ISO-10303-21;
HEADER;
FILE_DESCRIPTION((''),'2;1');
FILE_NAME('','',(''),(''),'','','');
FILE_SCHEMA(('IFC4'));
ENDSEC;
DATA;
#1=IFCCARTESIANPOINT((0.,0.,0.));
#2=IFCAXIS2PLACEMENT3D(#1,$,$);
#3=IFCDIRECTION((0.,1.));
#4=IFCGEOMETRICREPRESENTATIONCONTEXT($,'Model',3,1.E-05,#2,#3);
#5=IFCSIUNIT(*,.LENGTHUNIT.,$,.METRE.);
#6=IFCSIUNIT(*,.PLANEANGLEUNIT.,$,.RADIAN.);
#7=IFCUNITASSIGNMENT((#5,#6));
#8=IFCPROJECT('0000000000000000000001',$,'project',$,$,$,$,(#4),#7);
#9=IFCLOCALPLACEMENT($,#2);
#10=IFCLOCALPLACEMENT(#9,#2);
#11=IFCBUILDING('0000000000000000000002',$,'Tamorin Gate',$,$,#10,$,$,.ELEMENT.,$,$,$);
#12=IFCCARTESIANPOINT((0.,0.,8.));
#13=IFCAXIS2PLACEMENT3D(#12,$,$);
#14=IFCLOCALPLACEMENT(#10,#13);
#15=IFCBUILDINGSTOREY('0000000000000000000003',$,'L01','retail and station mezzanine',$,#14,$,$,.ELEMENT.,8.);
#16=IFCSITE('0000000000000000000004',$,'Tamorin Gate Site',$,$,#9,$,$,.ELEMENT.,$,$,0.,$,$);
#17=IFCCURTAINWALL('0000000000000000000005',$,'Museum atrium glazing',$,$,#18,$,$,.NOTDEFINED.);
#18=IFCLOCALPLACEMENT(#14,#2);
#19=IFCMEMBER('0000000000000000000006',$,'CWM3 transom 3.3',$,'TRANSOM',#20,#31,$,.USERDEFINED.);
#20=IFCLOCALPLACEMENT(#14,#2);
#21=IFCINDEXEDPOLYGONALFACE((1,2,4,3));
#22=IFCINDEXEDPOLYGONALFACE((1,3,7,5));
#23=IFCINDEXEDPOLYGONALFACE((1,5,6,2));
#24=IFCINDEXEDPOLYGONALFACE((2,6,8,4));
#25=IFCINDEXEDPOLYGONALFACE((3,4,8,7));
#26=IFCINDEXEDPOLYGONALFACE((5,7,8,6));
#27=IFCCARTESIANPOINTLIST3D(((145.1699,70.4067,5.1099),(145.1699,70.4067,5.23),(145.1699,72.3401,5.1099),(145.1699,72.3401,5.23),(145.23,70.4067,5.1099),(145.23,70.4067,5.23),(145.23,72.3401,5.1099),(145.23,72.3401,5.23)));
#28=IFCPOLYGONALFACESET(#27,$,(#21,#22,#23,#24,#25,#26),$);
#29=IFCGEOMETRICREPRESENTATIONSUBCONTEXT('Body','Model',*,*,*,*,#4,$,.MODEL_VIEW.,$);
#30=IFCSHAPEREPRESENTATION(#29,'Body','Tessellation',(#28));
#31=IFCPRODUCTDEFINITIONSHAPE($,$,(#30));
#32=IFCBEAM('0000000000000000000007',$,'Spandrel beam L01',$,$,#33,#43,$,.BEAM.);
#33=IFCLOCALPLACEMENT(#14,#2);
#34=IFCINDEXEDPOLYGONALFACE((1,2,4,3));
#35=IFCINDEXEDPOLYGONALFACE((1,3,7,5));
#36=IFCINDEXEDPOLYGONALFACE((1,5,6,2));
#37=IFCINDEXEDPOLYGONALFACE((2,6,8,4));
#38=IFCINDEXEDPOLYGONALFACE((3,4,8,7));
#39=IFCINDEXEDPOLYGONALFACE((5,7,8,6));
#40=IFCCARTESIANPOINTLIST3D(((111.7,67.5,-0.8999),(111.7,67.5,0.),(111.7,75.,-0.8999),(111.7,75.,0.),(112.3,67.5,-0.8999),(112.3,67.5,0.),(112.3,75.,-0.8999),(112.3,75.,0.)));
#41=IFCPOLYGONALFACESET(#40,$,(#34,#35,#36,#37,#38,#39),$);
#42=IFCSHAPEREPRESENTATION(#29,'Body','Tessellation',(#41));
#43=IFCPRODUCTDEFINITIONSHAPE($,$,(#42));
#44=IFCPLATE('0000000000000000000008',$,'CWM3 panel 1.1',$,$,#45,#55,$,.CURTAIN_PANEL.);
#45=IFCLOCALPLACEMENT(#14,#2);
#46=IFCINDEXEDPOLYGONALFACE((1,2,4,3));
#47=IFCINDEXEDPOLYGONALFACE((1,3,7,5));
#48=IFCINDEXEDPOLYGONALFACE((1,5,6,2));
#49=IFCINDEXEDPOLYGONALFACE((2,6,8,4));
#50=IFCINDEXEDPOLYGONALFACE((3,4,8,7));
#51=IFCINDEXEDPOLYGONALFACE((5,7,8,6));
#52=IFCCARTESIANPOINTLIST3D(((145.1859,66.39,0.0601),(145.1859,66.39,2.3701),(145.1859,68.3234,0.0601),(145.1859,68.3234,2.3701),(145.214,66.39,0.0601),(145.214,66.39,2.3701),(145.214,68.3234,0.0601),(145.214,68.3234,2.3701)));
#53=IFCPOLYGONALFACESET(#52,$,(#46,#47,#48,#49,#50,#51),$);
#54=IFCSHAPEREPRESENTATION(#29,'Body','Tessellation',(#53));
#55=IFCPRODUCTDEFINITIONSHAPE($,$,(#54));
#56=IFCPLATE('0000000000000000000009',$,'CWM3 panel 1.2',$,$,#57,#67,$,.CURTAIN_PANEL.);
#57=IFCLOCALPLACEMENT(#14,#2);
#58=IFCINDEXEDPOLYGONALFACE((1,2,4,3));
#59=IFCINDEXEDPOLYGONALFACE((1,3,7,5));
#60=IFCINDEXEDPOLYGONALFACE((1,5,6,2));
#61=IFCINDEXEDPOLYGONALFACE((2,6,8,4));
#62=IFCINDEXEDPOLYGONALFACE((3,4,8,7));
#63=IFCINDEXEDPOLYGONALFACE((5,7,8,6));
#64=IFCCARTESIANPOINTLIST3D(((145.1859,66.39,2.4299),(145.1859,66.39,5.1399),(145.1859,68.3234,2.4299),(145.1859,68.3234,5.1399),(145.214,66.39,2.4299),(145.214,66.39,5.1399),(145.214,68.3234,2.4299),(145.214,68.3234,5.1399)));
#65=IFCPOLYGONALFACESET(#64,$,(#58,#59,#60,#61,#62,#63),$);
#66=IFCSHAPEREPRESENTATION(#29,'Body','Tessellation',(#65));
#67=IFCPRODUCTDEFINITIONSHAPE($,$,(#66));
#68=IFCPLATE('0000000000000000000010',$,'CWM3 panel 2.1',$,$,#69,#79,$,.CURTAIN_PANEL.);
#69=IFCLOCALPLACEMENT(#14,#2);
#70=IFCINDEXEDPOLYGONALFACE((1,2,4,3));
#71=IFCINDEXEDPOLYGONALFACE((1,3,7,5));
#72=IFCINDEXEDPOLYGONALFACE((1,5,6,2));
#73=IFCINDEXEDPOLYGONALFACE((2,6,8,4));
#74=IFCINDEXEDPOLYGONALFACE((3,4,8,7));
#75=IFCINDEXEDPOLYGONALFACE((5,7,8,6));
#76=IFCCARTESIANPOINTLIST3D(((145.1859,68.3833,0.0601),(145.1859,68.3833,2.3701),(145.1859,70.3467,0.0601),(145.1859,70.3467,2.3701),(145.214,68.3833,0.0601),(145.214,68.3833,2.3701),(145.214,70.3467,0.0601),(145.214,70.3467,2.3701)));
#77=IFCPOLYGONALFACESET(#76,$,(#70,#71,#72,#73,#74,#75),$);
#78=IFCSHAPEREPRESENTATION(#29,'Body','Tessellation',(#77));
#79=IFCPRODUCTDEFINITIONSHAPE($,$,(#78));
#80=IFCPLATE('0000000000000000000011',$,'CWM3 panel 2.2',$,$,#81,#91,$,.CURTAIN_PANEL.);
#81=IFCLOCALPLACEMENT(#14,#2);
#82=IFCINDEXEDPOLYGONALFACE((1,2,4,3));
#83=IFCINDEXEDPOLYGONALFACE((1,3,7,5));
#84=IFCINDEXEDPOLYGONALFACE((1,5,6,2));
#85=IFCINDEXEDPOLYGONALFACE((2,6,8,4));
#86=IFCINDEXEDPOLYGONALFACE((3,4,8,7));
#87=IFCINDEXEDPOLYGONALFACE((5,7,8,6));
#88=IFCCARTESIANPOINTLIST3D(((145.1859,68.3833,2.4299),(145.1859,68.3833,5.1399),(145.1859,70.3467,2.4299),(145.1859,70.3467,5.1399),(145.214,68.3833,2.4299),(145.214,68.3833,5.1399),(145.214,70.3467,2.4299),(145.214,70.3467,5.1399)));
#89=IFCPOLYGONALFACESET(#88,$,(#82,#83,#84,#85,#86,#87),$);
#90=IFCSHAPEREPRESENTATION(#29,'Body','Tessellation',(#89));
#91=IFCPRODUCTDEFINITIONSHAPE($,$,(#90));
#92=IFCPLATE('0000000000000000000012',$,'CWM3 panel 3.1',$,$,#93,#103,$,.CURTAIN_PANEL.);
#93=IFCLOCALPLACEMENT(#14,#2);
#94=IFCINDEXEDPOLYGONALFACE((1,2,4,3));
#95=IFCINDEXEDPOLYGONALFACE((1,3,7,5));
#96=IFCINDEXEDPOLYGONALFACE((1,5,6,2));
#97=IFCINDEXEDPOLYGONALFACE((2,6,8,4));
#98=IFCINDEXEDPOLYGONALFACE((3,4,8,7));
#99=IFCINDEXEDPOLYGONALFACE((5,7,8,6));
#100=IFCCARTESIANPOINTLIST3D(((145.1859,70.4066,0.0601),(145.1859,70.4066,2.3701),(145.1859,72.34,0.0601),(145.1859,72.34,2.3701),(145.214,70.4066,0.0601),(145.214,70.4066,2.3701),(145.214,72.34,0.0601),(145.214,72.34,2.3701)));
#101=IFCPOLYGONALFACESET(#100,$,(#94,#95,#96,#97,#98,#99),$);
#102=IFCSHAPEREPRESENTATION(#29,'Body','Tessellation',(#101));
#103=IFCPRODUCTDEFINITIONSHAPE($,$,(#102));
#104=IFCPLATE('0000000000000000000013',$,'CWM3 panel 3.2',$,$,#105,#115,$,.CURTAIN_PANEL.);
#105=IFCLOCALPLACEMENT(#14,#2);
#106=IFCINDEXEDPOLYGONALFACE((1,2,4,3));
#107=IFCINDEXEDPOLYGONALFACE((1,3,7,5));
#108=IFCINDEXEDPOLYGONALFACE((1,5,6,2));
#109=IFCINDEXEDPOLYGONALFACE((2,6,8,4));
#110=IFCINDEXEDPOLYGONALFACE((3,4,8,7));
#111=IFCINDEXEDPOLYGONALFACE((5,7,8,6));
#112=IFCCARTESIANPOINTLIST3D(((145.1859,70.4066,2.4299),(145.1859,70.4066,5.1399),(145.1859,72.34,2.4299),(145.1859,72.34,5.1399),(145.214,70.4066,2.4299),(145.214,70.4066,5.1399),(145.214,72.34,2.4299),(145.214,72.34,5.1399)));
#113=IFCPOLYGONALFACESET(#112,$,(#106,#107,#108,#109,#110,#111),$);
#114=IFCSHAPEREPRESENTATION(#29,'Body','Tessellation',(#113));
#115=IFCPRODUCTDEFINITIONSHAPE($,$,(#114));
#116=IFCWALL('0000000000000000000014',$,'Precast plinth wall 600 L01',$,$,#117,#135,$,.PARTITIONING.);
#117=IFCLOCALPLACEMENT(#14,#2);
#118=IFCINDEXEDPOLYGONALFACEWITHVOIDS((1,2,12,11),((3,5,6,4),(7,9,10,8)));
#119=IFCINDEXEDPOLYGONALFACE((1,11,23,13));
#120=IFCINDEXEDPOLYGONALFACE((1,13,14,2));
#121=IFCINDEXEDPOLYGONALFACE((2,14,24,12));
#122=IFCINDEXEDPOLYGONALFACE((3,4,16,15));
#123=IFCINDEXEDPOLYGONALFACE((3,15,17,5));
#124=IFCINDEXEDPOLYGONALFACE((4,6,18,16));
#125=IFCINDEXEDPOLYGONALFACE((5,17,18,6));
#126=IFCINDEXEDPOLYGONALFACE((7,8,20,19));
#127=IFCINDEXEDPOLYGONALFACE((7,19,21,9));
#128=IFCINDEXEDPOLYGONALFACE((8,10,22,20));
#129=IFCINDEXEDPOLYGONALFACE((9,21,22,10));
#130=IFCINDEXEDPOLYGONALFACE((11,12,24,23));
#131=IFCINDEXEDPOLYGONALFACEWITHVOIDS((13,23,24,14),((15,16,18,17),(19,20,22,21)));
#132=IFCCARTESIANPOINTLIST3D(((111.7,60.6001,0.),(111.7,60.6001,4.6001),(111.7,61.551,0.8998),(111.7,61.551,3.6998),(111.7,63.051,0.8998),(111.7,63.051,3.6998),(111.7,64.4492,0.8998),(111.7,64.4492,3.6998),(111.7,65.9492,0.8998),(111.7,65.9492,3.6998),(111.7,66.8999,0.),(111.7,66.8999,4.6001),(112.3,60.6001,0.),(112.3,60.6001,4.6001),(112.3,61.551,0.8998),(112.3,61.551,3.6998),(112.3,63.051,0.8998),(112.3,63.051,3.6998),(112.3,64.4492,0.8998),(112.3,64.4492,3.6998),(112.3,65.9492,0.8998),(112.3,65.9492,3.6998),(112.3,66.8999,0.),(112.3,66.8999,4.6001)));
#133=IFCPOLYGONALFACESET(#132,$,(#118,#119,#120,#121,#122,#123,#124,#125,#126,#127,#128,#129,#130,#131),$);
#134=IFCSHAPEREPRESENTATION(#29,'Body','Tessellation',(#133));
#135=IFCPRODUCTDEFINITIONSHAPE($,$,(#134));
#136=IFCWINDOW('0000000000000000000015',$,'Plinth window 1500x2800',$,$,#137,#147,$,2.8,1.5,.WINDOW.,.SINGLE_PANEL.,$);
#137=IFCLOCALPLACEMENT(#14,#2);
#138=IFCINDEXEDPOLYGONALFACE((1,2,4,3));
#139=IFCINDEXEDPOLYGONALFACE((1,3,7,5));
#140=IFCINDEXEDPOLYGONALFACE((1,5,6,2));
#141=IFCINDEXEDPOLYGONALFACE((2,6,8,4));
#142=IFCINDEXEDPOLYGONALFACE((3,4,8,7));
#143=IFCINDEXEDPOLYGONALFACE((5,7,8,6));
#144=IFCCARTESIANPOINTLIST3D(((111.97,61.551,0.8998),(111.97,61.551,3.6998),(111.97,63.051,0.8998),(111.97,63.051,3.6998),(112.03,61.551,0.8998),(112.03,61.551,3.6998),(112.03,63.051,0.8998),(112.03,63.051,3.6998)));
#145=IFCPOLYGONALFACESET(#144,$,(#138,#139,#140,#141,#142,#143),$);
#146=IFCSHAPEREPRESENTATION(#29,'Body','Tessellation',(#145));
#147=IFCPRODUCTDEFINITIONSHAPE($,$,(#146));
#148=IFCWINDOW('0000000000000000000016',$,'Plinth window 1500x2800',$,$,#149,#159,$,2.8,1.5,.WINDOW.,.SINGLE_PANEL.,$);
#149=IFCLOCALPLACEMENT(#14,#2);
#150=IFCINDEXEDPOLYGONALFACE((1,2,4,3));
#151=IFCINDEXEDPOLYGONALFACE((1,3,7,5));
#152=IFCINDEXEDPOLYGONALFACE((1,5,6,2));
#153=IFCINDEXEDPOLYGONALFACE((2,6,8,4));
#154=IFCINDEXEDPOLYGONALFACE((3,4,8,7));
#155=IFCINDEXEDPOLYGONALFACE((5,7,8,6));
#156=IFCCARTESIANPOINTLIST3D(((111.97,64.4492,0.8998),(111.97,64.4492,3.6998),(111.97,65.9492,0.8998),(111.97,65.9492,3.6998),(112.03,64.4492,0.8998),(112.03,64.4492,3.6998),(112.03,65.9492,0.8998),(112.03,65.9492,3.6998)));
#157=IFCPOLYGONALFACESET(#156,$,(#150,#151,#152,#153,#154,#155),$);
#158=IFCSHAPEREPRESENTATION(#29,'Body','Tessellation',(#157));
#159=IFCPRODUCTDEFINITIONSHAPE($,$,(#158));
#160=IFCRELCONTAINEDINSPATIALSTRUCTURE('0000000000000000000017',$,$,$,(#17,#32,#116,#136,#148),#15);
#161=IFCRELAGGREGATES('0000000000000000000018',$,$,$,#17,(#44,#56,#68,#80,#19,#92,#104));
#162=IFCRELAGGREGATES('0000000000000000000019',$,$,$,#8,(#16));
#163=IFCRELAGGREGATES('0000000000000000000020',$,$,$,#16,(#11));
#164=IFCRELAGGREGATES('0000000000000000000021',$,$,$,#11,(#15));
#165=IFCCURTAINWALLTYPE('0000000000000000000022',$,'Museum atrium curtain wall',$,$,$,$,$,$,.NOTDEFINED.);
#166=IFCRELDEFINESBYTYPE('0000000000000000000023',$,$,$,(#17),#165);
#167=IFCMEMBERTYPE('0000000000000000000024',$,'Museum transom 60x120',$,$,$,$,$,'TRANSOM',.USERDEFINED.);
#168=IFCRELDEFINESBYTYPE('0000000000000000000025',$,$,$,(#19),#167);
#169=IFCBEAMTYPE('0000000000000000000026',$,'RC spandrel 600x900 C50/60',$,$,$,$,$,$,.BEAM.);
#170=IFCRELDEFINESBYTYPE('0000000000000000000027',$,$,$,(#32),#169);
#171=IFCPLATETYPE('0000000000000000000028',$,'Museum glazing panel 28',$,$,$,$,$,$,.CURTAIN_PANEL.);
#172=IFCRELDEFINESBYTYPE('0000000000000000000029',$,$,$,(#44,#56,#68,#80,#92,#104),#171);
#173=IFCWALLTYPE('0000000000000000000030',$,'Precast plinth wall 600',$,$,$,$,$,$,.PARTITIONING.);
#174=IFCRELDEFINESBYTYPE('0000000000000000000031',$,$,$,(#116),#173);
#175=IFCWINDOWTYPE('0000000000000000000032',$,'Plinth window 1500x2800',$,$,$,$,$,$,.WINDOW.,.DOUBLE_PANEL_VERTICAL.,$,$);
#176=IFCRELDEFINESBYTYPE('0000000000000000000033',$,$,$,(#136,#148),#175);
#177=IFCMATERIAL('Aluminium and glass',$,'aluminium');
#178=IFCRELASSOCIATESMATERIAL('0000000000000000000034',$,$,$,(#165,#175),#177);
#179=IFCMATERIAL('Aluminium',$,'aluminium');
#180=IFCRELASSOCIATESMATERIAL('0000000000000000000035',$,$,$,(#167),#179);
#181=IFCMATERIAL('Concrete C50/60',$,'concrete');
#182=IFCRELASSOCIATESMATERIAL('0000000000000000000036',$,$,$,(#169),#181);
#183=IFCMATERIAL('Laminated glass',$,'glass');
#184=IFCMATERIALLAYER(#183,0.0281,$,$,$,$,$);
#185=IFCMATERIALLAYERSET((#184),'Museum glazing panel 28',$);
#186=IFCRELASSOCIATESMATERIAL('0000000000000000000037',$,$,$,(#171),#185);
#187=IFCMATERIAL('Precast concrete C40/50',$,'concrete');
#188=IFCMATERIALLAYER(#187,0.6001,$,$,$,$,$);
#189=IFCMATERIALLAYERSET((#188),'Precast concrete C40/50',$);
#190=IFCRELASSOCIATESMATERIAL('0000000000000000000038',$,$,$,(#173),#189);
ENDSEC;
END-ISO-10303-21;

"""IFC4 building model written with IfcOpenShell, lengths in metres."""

from ifc_helpers import new_model, si_unit, direction, frame, frame_2d, origin, origin_2d, place, context, subcontext, project, spatial, rectangle, extrude, material, layer, layer_set, material_profile, profile_set, type_object, element, fill, aggregate, save


model = new_model("IFC4")

# Units and contexts
model_context = context("Model", 3, precision=1e-05, world=origin(), true_north=direction((0.0, 1.0)))
body_context = subcontext(model_context, "Body", "Model", "MODEL_VIEW")
ifc_project = project(units=[si_unit("LENGTHUNIT", "METRE"), si_unit("PLANEANGLEUNIT", "RADIAN")], contexts=[model_context])

# Site, building, storey
site_placement = place(None, origin())
site = spatial("IfcSite", under=ifc_project, at=site_placement, Name="Tamorin Gate Site", CompositionType="ELEMENT", RefElevation=0.0)
building_placement = place(site_placement, origin())
building = spatial("IfcBuilding", under=site, at=building_placement, Name="Tamorin Gate", CompositionType="ELEMENT")
storey_placement = place(building_placement, frame((0.0, 0.0, 8.0)))
storey = spatial("IfcBuildingStorey", under=building, at=storey_placement, Name="L01", Description="retail and station mezzanine", CompositionType="ELEMENT", Elevation=8.0)

# Curtain wall
ifc_material_1 = material(Name="Aluminium and glass", Category="aluminium")
curtain_wall_type = type_object("IfcCurtainWallType", Name="Museum atrium curtain wall", PredefinedType="NOTDEFINED", material=ifc_material_1)
curtain_wall_1_placement = place(storey_placement, origin())
curtain_wall_1 = element("IfcCurtainWall", 1, at=curtain_wall_1_placement, inside=storey, type_object=curtain_wall_type, Name="Museum atrium glazing", PredefinedType="NOTDEFINED")
ifc_material_2 = material(Name="Aluminium", Category="aluminium")

# Member
ifc_material_profile_1 = material_profile(ifc_material_2, rectangle(XDim=0.0601, YDim=0.1201, at=origin_2d()), Name="RECT 60x120")
ifc_profile_set_1 = profile_set([ifc_material_profile_1], Name="Aluminium")
member_type_1 = type_object("IfcMemberType", Name="Museum transom 60x120", ElementType="TRANSOM", PredefinedType="USERDEFINED", material=ifc_profile_set_1)
member_1_placement = place(storey_placement, frame((145.2, 70.4067, 5.1699), z_axis=(0.0, 1.0, 0.0), x_axis=(-1.0, 0.0, 0.0)))
member_1 = element("IfcMember", 2, at=member_1_placement, type_object=member_type_1, Name="CWM3 transom 3.3", ObjectType="TRANSOM", PredefinedType="USERDEFINED", context=body_context, shape_type="SweptSolid", body=[
    extrude(rectangle(XDim=0.0601, YDim=0.1201, at=origin_2d()), origin(), (0.0, 0.0, 1.0), 1.9333),
])

# Beam
ifc_material_3 = material(Name="Concrete C50/60", Category="concrete")
ifc_material_profile_2 = material_profile(ifc_material_3, rectangle(XDim=0.6001, YDim=0.8999, at=origin_2d()), Name="RC 600x900")
ifc_profile_set_2 = profile_set([ifc_material_profile_2], Name="Concrete C50/60")
beam_type = type_object("IfcBeamType", Name="RC spandrel 600x900 C50/60", PredefinedType="BEAM", material=ifc_profile_set_2)
beam_placement = place(storey_placement, frame((112.0, 67.5, -0.45), z_axis=(0.0, 1.0, 0.0), x_axis=(-1.0, 0.0, 0.0)))
element("IfcBeam", 3, at=beam_placement, inside=storey, type_object=beam_type, Name="Spandrel beam L01", PredefinedType="BEAM", context=body_context, shape_type="SweptSolid", body=[
    extrude(rectangle(XDim=0.6001, YDim=0.8999, at=origin_2d()), origin(), (0.0, 0.0, 1.0), 7.5),
])

# Plates
ifc_material_4 = material(Name="Laminated glass", Category="glass")
ifc_layer_1 = layer(ifc_material_4, 0.0281)
ifc_layer_set_1 = layer_set([ifc_layer_1], Name="Museum glazing panel 28")
plate_type = type_object("IfcPlateType", Name="Museum glazing panel 28", PredefinedType="CURTAIN_PANEL", material=ifc_layer_set_1)
plate_1_placement = place(storey_placement, frame((145.2, 67.3567, 0.0601), z_axis=(0.0, 0.0, 1.0), x_axis=(0.0, 1.0, 0.0)))
plate_1 = element("IfcPlate", 4, at=plate_1_placement, type_object=plate_type, Name="CWM3 panel 1.1", PredefinedType="CURTAIN_PANEL", context=body_context, shape_type="SweptSolid", body=[
    extrude(rectangle(XDim=1.9333, YDim=0.0281, at=origin_2d()), origin(), (0.0, 0.0, 1.0), 2.3101),
])
plate_2_placement = place(storey_placement, frame((145.2, 67.3567, 2.4299), z_axis=(0.0, 0.0, 1.0), x_axis=(0.0, 1.0, 0.0)))
plate_2 = element("IfcPlate", 5, at=plate_2_placement, type_object=plate_type, Name="CWM3 panel 1.2", PredefinedType="CURTAIN_PANEL", context=body_context, shape_type="SweptSolid", body=[
    extrude(rectangle(XDim=1.9333, YDim=0.0281, at=origin_2d()), origin(), (0.0, 0.0, 1.0), 2.71),
])
plate_3_placement = place(storey_placement, frame((145.2, 69.365, 0.0601), z_axis=(0.0, 0.0, 1.0), x_axis=(0.0, 1.0, 0.0)))
plate_3 = element("IfcPlate", 6, at=plate_3_placement, type_object=plate_type, Name="CWM3 panel 2.1", PredefinedType="CURTAIN_PANEL", context=body_context, shape_type="SweptSolid", body=[
    extrude(rectangle(XDim=1.9634, YDim=0.0281, at=origin_2d()), origin(), (0.0, 0.0, 1.0), 2.3101),
])
plate_4_placement = place(storey_placement, frame((145.2, 69.365, 2.4299), z_axis=(0.0, 0.0, 1.0), x_axis=(0.0, 1.0, 0.0)))
plate_4 = element("IfcPlate", 7, at=plate_4_placement, type_object=plate_type, Name="CWM3 panel 2.2", PredefinedType="CURTAIN_PANEL", context=body_context, shape_type="SweptSolid", body=[
    extrude(rectangle(XDim=1.9634, YDim=0.0281, at=origin_2d()), origin(), (0.0, 0.0, 1.0), 2.71),
])
plate_5_placement = place(storey_placement, frame((145.2, 71.3733, 0.0601), z_axis=(0.0, 0.0, 1.0), x_axis=(0.0, 1.0, 0.0)))
plate_5 = element("IfcPlate", 8, at=plate_5_placement, type_object=plate_type, Name="CWM3 panel 3.1", PredefinedType="CURTAIN_PANEL", context=body_context, shape_type="SweptSolid", body=[
    extrude(rectangle(XDim=1.9333, YDim=0.0281, at=origin_2d()), origin(), (0.0, 0.0, 1.0), 2.3101),
])
plate_6_placement = place(storey_placement, frame((145.2, 71.3733, 2.4299), z_axis=(0.0, 0.0, 1.0), x_axis=(0.0, 1.0, 0.0)))
plate_6 = element("IfcPlate", 9, at=plate_6_placement, type_object=plate_type, Name="CWM3 panel 3.2", PredefinedType="CURTAIN_PANEL", context=body_context, shape_type="SweptSolid", body=[
    extrude(rectangle(XDim=1.9333, YDim=0.0281, at=origin_2d()), origin(), (0.0, 0.0, 1.0), 2.71),
])
aggregate(curtain_wall_1, [plate_1, plate_2, plate_3, plate_4, member_1, plate_5, plate_6])

# Wall, openings, windows
ifc_material_5 = material(Name="Precast concrete C40/50", Category="concrete")
ifc_layer_2 = layer(ifc_material_5, 0.6001)
ifc_layer_set_2 = layer_set([ifc_layer_2], Name="Precast concrete C40/50")
wall_type = type_object("IfcWallType", Name="Precast plinth wall 600", PredefinedType="PARTITIONING", material=ifc_layer_set_2)
wall_1_placement = place(storey_placement, frame((112.0, 60.6001, 0.0), z_axis=(0.0, 0.0, 1.0), x_axis=(0.0, 1.0, 0.0)))
wall_1 = element("IfcWall", 10, at=wall_1_placement, inside=storey, type_object=wall_type, Name="Precast plinth wall 600 L01", PredefinedType="PARTITIONING", context=body_context, shape_type="SweptSolid", body=[
    extrude(rectangle(XDim=6.2998, YDim=0.6001, at=frame_2d((3.1499, 0.0))), origin(), (0.0, 0.0, 1.0), 4.6001),
])
opening_1_placement = place(wall_1_placement, frame((0.9509, 0.0, 0.8999)))
opening_1 = element("IfcOpeningElement", 11, at=opening_1_placement, cuts=wall_1, PredefinedType="OPENING", context=body_context, shape_type="SweptSolid", body=[
    extrude(rectangle(XDim=1.5, YDim=2.8, at=frame_2d((0.75, 1.3999))), frame((0.0, 0.3101, 0.0), z_axis=(0.0, -1.0, 0.0), x_axis=(1.0, 0.0, 0.0)), (0.0, 0.0, 1.0), 0.6201),
])
opening_2_placement = place(wall_1_placement, frame((3.8491, 0.0, 0.8999)))
opening_2 = element("IfcOpeningElement", 12, at=opening_2_placement, cuts=wall_1, PredefinedType="OPENING", context=body_context, shape_type="SweptSolid", body=[
    extrude(rectangle(XDim=1.5, YDim=2.8, at=frame_2d((0.75, 1.3999))), frame((0.0, 0.3101, 0.0), z_axis=(0.0, -1.0, 0.0), x_axis=(1.0, 0.0, 0.0)), (0.0, 0.0, 1.0), 0.6201),
])
window_type = type_object("IfcWindowType", Name="Plinth window 1500x2800", PartitioningType="DOUBLE_PANEL_VERTICAL", PredefinedType="WINDOW", material=ifc_material_1)
window_1_placement = place(opening_1_placement, origin())
window_1 = element("IfcWindow", 13, at=window_1_placement, inside=storey, type_object=window_type, Name="Plinth window 1500x2800", OverallHeight=2.8, OverallWidth=1.5, PartitioningType="SINGLE_PANEL", PredefinedType="WINDOW", context=body_context, shape_type="SweptSolid", body=[
    extrude(rectangle(XDim=1.5, YDim=2.8, at=frame_2d((0.75, 1.3999))), frame((0.0, 0.03, 0.0), z_axis=(0.0, -1.0, 0.0), x_axis=(1.0, 0.0, 0.0)), (0.0, 0.0, 1.0), 0.0601),
])
fill(opening_1, window_1)
window_2_placement = place(opening_2_placement, origin())
window_2 = element("IfcWindow", 14, at=window_2_placement, inside=storey, type_object=window_type, Name="Plinth window 1500x2800", OverallHeight=2.8, OverallWidth=1.5, PartitioningType="SINGLE_PANEL", PredefinedType="WINDOW", context=body_context, shape_type="SweptSolid", body=[
    extrude(rectangle(XDim=1.5, YDim=2.8, at=frame_2d((0.75, 1.3999))), frame((0.0, 0.03, 0.0), z_axis=(0.0, -1.0, 0.0), x_axis=(1.0, 0.0, 0.0)), (0.0, 0.0, 1.0), 0.0601),
])
fill(opening_2, window_2)

save(model, "model.ifc")
